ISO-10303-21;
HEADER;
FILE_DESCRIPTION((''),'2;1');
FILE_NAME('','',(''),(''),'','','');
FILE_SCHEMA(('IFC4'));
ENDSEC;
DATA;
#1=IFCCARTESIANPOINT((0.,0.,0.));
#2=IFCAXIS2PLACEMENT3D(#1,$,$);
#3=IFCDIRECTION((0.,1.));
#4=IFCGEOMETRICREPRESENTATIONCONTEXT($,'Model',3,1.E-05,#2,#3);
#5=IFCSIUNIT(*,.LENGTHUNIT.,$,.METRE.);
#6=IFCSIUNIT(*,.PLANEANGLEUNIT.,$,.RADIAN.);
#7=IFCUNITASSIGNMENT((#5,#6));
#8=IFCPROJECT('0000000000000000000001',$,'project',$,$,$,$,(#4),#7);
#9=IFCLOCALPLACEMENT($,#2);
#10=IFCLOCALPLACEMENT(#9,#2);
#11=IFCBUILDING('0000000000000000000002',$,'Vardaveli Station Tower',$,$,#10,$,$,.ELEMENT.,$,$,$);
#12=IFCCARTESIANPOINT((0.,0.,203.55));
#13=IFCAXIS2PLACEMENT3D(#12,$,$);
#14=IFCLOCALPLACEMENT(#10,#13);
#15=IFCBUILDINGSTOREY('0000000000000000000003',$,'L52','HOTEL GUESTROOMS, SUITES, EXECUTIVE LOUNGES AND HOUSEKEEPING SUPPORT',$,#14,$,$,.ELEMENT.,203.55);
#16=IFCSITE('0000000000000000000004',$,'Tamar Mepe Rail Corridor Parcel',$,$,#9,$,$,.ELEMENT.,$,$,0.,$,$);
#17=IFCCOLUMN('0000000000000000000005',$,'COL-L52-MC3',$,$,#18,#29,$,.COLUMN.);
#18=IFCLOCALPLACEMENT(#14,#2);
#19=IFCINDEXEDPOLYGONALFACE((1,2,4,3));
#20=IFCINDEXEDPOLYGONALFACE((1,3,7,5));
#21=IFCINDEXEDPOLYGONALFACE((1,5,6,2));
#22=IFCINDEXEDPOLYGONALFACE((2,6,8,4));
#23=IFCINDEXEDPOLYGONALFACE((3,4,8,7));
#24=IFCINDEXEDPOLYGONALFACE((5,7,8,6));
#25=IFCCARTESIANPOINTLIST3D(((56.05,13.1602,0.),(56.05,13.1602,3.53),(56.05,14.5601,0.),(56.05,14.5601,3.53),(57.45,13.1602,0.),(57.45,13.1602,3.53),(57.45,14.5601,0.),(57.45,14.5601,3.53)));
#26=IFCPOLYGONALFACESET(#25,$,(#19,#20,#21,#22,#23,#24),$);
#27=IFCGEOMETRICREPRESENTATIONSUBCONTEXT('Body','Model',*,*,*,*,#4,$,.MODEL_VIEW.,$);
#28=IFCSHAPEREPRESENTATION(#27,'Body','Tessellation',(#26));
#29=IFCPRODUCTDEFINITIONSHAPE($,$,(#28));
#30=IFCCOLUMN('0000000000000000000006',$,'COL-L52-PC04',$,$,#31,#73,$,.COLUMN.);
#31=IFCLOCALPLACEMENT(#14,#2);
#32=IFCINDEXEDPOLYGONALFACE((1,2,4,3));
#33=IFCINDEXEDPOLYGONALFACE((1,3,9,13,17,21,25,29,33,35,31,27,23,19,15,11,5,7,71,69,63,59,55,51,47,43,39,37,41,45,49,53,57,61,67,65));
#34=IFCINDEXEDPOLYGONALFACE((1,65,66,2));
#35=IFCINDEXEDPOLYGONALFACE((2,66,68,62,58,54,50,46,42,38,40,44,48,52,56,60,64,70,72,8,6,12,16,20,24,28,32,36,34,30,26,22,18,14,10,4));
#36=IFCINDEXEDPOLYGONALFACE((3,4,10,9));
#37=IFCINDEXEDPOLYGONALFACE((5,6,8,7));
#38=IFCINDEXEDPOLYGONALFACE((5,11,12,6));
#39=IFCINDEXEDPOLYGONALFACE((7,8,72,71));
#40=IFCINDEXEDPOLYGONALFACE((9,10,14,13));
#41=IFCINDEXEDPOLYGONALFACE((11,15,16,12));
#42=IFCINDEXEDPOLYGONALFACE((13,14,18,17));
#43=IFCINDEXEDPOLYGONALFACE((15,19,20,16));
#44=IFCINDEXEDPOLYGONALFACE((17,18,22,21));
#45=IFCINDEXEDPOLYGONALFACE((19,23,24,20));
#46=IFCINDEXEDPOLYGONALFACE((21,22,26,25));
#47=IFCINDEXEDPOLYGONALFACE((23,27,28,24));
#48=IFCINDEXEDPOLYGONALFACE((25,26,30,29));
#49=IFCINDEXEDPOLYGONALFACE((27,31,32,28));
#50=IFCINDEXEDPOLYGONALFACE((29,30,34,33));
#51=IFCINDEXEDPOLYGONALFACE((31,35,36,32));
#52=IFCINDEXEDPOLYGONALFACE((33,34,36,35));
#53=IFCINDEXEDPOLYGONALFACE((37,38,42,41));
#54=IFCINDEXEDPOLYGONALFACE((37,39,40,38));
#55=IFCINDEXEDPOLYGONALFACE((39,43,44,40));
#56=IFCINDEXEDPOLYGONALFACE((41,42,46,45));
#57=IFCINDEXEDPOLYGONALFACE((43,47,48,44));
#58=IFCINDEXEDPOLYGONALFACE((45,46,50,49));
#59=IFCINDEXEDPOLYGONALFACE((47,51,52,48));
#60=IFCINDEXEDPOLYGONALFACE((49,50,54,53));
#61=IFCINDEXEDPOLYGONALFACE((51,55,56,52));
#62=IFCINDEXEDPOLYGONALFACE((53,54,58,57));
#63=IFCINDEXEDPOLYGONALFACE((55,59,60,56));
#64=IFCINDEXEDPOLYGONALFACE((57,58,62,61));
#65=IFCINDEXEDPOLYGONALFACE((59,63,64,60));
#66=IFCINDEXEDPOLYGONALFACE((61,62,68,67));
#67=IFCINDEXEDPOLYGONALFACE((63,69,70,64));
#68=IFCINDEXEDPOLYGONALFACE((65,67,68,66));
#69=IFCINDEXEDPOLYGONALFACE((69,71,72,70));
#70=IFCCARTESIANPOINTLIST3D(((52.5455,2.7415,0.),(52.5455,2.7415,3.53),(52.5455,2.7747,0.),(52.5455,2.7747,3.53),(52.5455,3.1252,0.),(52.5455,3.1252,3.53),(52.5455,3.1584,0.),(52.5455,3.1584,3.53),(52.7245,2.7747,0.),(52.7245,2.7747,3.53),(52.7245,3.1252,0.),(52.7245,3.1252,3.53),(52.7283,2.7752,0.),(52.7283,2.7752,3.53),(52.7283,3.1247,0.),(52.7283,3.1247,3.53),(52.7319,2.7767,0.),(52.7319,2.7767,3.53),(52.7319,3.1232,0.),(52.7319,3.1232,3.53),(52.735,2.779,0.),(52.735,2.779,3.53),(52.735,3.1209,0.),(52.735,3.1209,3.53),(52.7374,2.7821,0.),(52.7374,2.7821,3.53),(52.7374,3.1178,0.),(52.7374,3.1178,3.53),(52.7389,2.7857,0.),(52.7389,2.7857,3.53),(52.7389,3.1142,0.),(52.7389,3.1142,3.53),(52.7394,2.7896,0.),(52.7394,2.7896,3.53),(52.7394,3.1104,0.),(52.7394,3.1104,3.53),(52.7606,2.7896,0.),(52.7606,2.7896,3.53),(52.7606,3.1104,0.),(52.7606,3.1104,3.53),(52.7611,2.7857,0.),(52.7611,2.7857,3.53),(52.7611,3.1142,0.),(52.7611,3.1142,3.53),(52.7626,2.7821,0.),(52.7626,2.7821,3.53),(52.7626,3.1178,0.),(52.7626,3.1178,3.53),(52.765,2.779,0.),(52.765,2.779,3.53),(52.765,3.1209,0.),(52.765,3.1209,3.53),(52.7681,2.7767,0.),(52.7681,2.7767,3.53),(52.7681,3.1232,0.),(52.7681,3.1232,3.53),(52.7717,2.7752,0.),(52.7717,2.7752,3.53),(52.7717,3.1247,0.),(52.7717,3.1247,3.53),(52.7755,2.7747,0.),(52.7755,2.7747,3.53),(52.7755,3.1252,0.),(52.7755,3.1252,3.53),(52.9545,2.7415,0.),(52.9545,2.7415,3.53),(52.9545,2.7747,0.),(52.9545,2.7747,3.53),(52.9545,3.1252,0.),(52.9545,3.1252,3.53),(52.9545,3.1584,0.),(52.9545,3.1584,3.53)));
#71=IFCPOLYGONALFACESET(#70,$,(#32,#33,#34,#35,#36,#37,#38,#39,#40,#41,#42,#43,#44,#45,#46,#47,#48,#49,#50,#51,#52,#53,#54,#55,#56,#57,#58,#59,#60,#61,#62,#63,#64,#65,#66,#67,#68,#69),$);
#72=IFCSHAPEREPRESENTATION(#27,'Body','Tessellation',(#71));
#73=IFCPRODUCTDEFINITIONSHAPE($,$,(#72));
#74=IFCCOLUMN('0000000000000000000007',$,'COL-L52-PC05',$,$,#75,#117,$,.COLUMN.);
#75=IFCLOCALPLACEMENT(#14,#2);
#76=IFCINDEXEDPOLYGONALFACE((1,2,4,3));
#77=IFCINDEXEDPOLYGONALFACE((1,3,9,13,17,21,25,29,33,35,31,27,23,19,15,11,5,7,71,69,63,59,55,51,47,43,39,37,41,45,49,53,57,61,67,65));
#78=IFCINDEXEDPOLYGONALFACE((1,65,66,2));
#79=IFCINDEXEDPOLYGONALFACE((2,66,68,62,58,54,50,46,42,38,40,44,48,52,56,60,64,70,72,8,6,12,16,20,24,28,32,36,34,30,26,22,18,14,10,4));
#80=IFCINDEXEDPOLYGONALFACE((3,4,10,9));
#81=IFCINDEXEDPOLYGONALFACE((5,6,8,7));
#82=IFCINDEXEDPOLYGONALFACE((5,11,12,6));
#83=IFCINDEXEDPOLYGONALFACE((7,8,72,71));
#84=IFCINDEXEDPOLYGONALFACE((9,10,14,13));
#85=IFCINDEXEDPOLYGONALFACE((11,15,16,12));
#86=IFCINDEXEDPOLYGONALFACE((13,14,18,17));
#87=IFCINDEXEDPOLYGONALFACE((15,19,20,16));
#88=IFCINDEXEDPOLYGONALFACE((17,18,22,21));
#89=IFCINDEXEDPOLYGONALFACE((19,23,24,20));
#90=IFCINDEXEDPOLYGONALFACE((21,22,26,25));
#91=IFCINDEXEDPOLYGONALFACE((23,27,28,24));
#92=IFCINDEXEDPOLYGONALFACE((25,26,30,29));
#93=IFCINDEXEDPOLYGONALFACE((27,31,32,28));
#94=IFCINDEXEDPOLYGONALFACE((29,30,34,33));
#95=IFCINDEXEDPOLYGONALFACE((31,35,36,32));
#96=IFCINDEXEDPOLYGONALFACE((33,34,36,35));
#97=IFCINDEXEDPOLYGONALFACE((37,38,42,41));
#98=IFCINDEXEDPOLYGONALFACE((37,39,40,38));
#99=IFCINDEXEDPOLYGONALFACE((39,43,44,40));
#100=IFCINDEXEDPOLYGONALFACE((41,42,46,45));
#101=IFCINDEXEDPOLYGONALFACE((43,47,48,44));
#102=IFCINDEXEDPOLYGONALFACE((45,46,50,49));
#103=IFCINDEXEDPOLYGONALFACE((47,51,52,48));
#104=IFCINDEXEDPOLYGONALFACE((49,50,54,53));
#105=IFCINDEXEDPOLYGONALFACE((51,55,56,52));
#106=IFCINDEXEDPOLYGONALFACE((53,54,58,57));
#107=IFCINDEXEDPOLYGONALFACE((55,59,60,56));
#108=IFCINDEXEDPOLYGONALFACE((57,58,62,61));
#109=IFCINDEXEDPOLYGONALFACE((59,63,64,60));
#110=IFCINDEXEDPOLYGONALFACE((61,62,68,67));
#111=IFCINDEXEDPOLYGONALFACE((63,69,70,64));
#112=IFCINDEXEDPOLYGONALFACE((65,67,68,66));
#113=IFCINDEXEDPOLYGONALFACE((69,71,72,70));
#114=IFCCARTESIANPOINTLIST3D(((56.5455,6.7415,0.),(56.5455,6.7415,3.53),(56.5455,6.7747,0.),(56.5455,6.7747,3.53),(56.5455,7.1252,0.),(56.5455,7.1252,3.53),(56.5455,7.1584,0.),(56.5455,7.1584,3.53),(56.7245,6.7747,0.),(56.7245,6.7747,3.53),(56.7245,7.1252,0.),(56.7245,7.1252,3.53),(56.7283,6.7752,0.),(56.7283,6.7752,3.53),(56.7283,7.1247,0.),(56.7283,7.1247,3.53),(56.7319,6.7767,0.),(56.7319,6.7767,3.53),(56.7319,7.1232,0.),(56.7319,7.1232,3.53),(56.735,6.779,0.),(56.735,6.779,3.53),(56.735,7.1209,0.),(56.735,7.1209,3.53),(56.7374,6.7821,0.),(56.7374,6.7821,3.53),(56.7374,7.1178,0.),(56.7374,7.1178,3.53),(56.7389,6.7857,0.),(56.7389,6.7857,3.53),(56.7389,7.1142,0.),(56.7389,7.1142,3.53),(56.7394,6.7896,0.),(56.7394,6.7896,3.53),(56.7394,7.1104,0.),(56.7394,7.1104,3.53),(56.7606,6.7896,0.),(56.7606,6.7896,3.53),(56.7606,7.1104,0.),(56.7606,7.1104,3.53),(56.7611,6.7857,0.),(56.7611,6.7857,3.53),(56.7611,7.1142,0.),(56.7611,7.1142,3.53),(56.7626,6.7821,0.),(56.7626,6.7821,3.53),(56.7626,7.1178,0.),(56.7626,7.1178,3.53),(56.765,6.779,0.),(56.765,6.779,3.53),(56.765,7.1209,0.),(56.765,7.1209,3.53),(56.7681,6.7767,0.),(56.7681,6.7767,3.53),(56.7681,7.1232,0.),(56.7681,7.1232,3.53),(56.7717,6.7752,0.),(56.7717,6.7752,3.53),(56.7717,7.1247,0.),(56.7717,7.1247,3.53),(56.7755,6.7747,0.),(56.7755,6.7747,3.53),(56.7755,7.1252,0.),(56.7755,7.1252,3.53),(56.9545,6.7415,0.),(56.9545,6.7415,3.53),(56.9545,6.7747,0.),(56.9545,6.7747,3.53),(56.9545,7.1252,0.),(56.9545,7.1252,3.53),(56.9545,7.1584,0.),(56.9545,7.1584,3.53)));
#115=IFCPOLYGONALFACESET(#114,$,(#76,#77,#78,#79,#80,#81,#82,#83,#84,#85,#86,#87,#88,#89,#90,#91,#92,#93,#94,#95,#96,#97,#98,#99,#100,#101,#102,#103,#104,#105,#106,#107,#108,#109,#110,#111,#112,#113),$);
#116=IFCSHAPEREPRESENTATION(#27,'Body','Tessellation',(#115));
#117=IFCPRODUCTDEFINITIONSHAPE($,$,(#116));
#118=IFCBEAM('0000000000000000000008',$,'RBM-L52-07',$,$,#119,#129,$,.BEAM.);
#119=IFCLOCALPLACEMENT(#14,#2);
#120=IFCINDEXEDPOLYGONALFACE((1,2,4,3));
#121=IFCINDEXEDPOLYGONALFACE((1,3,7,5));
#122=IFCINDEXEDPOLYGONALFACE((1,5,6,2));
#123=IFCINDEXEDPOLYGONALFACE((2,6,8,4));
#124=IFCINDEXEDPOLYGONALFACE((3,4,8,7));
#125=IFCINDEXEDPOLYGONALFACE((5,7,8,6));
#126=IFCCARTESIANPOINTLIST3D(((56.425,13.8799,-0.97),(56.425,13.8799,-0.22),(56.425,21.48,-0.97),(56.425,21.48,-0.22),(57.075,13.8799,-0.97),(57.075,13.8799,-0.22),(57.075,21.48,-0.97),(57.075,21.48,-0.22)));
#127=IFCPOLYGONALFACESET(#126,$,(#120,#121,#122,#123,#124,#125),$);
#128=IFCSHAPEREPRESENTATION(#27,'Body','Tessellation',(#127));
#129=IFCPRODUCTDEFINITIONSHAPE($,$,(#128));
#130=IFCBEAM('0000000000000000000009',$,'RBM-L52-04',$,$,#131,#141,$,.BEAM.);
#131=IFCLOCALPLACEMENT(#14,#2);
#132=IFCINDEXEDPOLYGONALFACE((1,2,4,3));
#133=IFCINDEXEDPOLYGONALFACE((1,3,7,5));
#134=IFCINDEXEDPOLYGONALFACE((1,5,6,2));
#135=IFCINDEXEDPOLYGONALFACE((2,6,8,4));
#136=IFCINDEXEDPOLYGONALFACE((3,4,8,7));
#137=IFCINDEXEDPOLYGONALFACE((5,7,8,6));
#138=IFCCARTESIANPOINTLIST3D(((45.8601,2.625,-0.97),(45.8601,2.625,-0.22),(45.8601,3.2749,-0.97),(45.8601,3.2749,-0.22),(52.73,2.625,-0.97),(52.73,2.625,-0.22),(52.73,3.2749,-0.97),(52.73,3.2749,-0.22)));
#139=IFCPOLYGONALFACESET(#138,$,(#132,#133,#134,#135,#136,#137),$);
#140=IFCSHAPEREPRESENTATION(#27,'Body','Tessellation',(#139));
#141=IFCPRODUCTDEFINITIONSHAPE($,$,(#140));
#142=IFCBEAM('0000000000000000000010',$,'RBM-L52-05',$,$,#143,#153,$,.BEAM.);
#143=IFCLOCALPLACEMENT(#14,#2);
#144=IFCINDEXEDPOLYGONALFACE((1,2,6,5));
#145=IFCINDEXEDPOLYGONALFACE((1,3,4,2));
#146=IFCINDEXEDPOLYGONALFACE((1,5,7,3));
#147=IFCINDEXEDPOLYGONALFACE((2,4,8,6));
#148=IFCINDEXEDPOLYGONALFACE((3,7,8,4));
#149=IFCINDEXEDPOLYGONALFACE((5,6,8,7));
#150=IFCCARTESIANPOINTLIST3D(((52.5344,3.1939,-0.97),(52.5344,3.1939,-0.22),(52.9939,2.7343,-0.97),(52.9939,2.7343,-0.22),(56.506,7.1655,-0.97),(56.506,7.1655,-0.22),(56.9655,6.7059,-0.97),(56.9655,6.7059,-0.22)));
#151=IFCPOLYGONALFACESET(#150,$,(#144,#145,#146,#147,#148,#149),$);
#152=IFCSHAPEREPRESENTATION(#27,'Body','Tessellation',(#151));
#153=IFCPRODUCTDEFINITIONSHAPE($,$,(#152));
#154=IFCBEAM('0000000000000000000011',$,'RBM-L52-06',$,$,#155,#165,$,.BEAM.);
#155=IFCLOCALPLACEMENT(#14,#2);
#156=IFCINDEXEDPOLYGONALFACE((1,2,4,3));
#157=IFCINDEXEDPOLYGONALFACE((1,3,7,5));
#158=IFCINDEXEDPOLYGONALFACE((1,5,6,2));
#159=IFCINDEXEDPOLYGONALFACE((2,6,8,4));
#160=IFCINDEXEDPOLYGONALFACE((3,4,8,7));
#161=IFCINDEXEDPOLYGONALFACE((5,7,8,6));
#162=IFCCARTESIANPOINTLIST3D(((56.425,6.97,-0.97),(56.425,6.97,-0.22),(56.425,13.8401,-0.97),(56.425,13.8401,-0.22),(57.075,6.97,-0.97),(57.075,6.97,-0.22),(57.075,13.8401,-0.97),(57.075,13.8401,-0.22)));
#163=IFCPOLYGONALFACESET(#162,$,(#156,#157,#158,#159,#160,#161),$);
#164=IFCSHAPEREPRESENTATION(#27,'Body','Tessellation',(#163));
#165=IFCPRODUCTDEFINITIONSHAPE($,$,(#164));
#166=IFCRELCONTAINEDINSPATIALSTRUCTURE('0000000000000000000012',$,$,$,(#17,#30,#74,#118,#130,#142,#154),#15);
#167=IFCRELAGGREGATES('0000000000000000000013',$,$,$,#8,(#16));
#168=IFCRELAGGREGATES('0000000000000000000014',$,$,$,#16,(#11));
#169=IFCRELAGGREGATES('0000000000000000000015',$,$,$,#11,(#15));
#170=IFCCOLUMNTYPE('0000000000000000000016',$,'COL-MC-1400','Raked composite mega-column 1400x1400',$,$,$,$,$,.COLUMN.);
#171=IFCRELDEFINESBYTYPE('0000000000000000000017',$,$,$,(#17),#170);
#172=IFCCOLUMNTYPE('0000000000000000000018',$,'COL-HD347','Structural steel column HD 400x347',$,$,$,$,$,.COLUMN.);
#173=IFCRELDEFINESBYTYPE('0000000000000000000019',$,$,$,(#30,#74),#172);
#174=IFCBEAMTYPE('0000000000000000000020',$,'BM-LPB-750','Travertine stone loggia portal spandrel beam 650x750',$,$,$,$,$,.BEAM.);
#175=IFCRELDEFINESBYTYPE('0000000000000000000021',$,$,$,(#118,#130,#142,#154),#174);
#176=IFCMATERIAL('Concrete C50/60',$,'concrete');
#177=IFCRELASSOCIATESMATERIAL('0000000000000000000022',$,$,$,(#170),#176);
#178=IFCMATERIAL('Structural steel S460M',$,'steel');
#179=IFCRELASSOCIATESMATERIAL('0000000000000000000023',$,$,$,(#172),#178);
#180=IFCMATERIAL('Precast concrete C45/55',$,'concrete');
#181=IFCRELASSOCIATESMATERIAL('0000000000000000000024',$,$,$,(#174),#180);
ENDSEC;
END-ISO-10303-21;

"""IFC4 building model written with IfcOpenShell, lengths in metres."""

from ifc_helpers import new_model, si_unit, direction, frame, origin, origin_2d, place, context, subcontext, project, spatial, rectangle, i_section, extrude, source, transform, mapped, material, material_profile, profile_set, type_object, element, save


model = new_model("IFC4")

# Units and contexts
model_context = context("Model", 3, precision=1e-05, world=origin(), true_north=direction((0.0, 1.0)))
body_context = subcontext(model_context, "Body", "Model", "MODEL_VIEW")
ifc_project = project(units=[si_unit("LENGTHUNIT", "METRE"), si_unit("PLANEANGLEUNIT", "RADIAN")], contexts=[model_context])

# Site, building, storey
site_placement = place(None, origin())
site = spatial("IfcSite", under=ifc_project, at=site_placement, Name="Tamar Mepe Rail Corridor Parcel", CompositionType="ELEMENT", RefElevation=0.0)
building_placement = place(site_placement, origin())
building = spatial("IfcBuilding", under=site, at=building_placement, Name="Vardaveli Station Tower", CompositionType="ELEMENT")
storey_placement = place(building_placement, frame((0.0, 0.0, 203.55)))
storey = spatial("IfcBuildingStorey", under=building, at=storey_placement, Name="L52", Description="HOTEL GUESTROOMS, SUITES, EXECUTIVE LOUNGES AND HOUSEKEEPING SUPPORT", CompositionType="ELEMENT", Elevation=203.55)

# Columns
ifc_material_1 = material(Name="Concrete C50/60", Category="concrete")
ifc_material_profile_1 = material_profile(ifc_material_1, rectangle(XDim=1.3999, YDim=1.3999, at=origin_2d()), Name="MC 1400x1400")
ifc_profile_set_1 = profile_set([ifc_material_profile_1], Name="Concrete C50/60")
column_type_1 = type_object("IfcColumnType", Name="COL-MC-1400", Description="Raked composite mega-column 1400x1400", PredefinedType="COLUMN", material=ifc_profile_set_1)
shared_shape_1 = source(origin(), body_context, "Body", "SweptSolid", [
    extrude(rectangle(XDim=1.3999, YDim=1.3999, at=origin_2d()), origin(), (0.0, 0.0, 1.0), 3.53),
])
column_placement = place(storey_placement, frame((56.75, 13.8601, 0.0), z_axis=(0.0, 0.0, 1.0), x_axis=(1.0, 0.0, 0.0)))
element("IfcColumn", 1, at=column_placement, inside=storey, type_object=column_type_1, Name="COL-L52-MC3", PredefinedType="COLUMN", context=body_context, shape_type="MappedRepresentation", body=[
    mapped(shared_shape_1, transform((0.0, 0.0, 0.0), scale=1.0)),
])
ifc_material_2 = material(Name="Structural steel S460M", Category="steel")
ifc_material_profile_2 = material_profile(ifc_material_2, i_section(OverallWidth=0.4089, OverallDepth=0.417, WebThickness=0.0212, FlangeThickness=0.0332, FilletRadius=0.0149, at=origin_2d()), Name="HD 400x347")
ifc_profile_set_2 = profile_set([ifc_material_profile_2], Name="Structural steel S460M")
column_type_2 = type_object("IfcColumnType", Name="COL-HD347", Description="Structural steel column HD 400x347", PredefinedType="COLUMN", material=ifc_profile_set_2)
shared_shape_2 = source(origin(), body_context, "Body", "SweptSolid", [
    extrude(i_section(OverallWidth=0.4089, OverallDepth=0.417, WebThickness=0.0212, FlangeThickness=0.0332, FilletRadius=0.0149, at=origin_2d()), origin(), (0.0, 0.0, 1.0), 3.53),
])
for number, where, z_axis, x_axis, name in (
    (2, (52.75, 2.95, 0.0), (0.0, 0.0, 1.0), (1.0, 0.0, 0.0), "COL-L52-PC04"),
    (3, (56.75, 6.95, 0.0), (0.0, 0.0, 1.0), (1.0, 0.0, 0.0), "COL-L52-PC05"),
):
    element("IfcColumn", number, at=place(storey_placement, frame(where, z_axis=z_axis, x_axis=x_axis)), inside=storey, type_object=column_type_2, Name=name, PredefinedType="COLUMN", context=body_context, shape_type="MappedRepresentation", body=[
        mapped(shared_shape_2, transform((0.0, 0.0, 0.0), scale=1.0)),
    ])

# Beams
ifc_material_3 = material(Name="Precast concrete C45/55", Category="concrete")
ifc_material_profile_3 = material_profile(ifc_material_3, rectangle(XDim=0.6499, YDim=0.75, at=origin_2d()), Name="LPB 650x750")
ifc_profile_set_3 = profile_set([ifc_material_profile_3], Name="Precast concrete C45/55")
beam_type_1 = type_object("IfcBeamType", Name="BM-LPB-750", Description="Travertine stone loggia portal spandrel beam 650x750", PredefinedType="BEAM", material=ifc_profile_set_3)
shared_shape_3 = source(origin(), body_context, "Body", "SweptSolid", [
    extrude(rectangle(XDim=0.6499, YDim=0.75, at=origin_2d()), origin(), (0.0, 0.0, 1.0), 7.6001),
])
beam_1_placement = place(storey_placement, frame((56.75, 13.8799, -0.595), z_axis=(0.0, 1.0, 0.0), x_axis=(-1.0, 0.0, 0.0)))
element("IfcBeam", 4, at=beam_1_placement, inside=storey, type_object=beam_type_1, Name="RBM-L52-07", PredefinedType="BEAM", context=body_context, shape_type="MappedRepresentation", body=[
    mapped(shared_shape_3, transform((0.0, 0.0, 0.0), scale=1.0)),
])
shared_shape_4 = source(origin(), body_context, "Body", "SweptSolid", [
    extrude(rectangle(XDim=0.6499, YDim=0.75, at=origin_2d()), origin(), (0.0, 0.0, 1.0), 6.8699),
])
beam_2_placement = place(storey_placement, frame((45.8601, 2.95, -0.595), z_axis=(1.0, 0.0, 0.0), x_axis=(0.0, 1.0, 0.0)))
element("IfcBeam", 5, at=beam_2_placement, inside=storey, type_object=beam_type_1, Name="RBM-L52-04", PredefinedType="BEAM", context=body_context, shape_type="MappedRepresentation", body=[
    mapped(shared_shape_4, transform((0.0, 0.0, 0.0), scale=1.0)),
])
shared_shape_5 = source(origin(), body_context, "Body", "SweptSolid", [
    extrude(rectangle(XDim=0.6499, YDim=0.75, at=origin_2d()), origin(), (0.0, 0.0, 1.0), 5.6167),
])
beam_3_placement = place(storey_placement, frame((52.7642, 2.9641, -0.595), z_axis=(0.707107, 0.707107, 0.0), x_axis=(-0.707107, 0.707107, 0.0)))
element("IfcBeam", 6, at=beam_3_placement, inside=storey, type_object=beam_type_1, Name="RBM-L52-05", PredefinedType="BEAM", context=body_context, shape_type="MappedRepresentation", body=[
    mapped(shared_shape_5, transform((0.0, 0.0, 0.0), scale=1.0)),
])
shared_shape_6 = source(origin(), body_context, "Body", "SweptSolid", [
    extrude(rectangle(XDim=0.6499, YDim=0.75, at=origin_2d()), origin(), (0.0, 0.0, 1.0), 6.8701),
])
beam_4_placement = place(storey_placement, frame((56.75, 6.97, -0.595), z_axis=(0.0, 1.0, 0.0), x_axis=(-1.0, 0.0, 0.0)))
element("IfcBeam", 7, at=beam_4_placement, inside=storey, type_object=beam_type_1, Name="RBM-L52-06", PredefinedType="BEAM", context=body_context, shape_type="MappedRepresentation", body=[
    mapped(shared_shape_6, transform((0.0, 0.0, 0.0), scale=1.0)),
])

save(model, "model.ifc")
